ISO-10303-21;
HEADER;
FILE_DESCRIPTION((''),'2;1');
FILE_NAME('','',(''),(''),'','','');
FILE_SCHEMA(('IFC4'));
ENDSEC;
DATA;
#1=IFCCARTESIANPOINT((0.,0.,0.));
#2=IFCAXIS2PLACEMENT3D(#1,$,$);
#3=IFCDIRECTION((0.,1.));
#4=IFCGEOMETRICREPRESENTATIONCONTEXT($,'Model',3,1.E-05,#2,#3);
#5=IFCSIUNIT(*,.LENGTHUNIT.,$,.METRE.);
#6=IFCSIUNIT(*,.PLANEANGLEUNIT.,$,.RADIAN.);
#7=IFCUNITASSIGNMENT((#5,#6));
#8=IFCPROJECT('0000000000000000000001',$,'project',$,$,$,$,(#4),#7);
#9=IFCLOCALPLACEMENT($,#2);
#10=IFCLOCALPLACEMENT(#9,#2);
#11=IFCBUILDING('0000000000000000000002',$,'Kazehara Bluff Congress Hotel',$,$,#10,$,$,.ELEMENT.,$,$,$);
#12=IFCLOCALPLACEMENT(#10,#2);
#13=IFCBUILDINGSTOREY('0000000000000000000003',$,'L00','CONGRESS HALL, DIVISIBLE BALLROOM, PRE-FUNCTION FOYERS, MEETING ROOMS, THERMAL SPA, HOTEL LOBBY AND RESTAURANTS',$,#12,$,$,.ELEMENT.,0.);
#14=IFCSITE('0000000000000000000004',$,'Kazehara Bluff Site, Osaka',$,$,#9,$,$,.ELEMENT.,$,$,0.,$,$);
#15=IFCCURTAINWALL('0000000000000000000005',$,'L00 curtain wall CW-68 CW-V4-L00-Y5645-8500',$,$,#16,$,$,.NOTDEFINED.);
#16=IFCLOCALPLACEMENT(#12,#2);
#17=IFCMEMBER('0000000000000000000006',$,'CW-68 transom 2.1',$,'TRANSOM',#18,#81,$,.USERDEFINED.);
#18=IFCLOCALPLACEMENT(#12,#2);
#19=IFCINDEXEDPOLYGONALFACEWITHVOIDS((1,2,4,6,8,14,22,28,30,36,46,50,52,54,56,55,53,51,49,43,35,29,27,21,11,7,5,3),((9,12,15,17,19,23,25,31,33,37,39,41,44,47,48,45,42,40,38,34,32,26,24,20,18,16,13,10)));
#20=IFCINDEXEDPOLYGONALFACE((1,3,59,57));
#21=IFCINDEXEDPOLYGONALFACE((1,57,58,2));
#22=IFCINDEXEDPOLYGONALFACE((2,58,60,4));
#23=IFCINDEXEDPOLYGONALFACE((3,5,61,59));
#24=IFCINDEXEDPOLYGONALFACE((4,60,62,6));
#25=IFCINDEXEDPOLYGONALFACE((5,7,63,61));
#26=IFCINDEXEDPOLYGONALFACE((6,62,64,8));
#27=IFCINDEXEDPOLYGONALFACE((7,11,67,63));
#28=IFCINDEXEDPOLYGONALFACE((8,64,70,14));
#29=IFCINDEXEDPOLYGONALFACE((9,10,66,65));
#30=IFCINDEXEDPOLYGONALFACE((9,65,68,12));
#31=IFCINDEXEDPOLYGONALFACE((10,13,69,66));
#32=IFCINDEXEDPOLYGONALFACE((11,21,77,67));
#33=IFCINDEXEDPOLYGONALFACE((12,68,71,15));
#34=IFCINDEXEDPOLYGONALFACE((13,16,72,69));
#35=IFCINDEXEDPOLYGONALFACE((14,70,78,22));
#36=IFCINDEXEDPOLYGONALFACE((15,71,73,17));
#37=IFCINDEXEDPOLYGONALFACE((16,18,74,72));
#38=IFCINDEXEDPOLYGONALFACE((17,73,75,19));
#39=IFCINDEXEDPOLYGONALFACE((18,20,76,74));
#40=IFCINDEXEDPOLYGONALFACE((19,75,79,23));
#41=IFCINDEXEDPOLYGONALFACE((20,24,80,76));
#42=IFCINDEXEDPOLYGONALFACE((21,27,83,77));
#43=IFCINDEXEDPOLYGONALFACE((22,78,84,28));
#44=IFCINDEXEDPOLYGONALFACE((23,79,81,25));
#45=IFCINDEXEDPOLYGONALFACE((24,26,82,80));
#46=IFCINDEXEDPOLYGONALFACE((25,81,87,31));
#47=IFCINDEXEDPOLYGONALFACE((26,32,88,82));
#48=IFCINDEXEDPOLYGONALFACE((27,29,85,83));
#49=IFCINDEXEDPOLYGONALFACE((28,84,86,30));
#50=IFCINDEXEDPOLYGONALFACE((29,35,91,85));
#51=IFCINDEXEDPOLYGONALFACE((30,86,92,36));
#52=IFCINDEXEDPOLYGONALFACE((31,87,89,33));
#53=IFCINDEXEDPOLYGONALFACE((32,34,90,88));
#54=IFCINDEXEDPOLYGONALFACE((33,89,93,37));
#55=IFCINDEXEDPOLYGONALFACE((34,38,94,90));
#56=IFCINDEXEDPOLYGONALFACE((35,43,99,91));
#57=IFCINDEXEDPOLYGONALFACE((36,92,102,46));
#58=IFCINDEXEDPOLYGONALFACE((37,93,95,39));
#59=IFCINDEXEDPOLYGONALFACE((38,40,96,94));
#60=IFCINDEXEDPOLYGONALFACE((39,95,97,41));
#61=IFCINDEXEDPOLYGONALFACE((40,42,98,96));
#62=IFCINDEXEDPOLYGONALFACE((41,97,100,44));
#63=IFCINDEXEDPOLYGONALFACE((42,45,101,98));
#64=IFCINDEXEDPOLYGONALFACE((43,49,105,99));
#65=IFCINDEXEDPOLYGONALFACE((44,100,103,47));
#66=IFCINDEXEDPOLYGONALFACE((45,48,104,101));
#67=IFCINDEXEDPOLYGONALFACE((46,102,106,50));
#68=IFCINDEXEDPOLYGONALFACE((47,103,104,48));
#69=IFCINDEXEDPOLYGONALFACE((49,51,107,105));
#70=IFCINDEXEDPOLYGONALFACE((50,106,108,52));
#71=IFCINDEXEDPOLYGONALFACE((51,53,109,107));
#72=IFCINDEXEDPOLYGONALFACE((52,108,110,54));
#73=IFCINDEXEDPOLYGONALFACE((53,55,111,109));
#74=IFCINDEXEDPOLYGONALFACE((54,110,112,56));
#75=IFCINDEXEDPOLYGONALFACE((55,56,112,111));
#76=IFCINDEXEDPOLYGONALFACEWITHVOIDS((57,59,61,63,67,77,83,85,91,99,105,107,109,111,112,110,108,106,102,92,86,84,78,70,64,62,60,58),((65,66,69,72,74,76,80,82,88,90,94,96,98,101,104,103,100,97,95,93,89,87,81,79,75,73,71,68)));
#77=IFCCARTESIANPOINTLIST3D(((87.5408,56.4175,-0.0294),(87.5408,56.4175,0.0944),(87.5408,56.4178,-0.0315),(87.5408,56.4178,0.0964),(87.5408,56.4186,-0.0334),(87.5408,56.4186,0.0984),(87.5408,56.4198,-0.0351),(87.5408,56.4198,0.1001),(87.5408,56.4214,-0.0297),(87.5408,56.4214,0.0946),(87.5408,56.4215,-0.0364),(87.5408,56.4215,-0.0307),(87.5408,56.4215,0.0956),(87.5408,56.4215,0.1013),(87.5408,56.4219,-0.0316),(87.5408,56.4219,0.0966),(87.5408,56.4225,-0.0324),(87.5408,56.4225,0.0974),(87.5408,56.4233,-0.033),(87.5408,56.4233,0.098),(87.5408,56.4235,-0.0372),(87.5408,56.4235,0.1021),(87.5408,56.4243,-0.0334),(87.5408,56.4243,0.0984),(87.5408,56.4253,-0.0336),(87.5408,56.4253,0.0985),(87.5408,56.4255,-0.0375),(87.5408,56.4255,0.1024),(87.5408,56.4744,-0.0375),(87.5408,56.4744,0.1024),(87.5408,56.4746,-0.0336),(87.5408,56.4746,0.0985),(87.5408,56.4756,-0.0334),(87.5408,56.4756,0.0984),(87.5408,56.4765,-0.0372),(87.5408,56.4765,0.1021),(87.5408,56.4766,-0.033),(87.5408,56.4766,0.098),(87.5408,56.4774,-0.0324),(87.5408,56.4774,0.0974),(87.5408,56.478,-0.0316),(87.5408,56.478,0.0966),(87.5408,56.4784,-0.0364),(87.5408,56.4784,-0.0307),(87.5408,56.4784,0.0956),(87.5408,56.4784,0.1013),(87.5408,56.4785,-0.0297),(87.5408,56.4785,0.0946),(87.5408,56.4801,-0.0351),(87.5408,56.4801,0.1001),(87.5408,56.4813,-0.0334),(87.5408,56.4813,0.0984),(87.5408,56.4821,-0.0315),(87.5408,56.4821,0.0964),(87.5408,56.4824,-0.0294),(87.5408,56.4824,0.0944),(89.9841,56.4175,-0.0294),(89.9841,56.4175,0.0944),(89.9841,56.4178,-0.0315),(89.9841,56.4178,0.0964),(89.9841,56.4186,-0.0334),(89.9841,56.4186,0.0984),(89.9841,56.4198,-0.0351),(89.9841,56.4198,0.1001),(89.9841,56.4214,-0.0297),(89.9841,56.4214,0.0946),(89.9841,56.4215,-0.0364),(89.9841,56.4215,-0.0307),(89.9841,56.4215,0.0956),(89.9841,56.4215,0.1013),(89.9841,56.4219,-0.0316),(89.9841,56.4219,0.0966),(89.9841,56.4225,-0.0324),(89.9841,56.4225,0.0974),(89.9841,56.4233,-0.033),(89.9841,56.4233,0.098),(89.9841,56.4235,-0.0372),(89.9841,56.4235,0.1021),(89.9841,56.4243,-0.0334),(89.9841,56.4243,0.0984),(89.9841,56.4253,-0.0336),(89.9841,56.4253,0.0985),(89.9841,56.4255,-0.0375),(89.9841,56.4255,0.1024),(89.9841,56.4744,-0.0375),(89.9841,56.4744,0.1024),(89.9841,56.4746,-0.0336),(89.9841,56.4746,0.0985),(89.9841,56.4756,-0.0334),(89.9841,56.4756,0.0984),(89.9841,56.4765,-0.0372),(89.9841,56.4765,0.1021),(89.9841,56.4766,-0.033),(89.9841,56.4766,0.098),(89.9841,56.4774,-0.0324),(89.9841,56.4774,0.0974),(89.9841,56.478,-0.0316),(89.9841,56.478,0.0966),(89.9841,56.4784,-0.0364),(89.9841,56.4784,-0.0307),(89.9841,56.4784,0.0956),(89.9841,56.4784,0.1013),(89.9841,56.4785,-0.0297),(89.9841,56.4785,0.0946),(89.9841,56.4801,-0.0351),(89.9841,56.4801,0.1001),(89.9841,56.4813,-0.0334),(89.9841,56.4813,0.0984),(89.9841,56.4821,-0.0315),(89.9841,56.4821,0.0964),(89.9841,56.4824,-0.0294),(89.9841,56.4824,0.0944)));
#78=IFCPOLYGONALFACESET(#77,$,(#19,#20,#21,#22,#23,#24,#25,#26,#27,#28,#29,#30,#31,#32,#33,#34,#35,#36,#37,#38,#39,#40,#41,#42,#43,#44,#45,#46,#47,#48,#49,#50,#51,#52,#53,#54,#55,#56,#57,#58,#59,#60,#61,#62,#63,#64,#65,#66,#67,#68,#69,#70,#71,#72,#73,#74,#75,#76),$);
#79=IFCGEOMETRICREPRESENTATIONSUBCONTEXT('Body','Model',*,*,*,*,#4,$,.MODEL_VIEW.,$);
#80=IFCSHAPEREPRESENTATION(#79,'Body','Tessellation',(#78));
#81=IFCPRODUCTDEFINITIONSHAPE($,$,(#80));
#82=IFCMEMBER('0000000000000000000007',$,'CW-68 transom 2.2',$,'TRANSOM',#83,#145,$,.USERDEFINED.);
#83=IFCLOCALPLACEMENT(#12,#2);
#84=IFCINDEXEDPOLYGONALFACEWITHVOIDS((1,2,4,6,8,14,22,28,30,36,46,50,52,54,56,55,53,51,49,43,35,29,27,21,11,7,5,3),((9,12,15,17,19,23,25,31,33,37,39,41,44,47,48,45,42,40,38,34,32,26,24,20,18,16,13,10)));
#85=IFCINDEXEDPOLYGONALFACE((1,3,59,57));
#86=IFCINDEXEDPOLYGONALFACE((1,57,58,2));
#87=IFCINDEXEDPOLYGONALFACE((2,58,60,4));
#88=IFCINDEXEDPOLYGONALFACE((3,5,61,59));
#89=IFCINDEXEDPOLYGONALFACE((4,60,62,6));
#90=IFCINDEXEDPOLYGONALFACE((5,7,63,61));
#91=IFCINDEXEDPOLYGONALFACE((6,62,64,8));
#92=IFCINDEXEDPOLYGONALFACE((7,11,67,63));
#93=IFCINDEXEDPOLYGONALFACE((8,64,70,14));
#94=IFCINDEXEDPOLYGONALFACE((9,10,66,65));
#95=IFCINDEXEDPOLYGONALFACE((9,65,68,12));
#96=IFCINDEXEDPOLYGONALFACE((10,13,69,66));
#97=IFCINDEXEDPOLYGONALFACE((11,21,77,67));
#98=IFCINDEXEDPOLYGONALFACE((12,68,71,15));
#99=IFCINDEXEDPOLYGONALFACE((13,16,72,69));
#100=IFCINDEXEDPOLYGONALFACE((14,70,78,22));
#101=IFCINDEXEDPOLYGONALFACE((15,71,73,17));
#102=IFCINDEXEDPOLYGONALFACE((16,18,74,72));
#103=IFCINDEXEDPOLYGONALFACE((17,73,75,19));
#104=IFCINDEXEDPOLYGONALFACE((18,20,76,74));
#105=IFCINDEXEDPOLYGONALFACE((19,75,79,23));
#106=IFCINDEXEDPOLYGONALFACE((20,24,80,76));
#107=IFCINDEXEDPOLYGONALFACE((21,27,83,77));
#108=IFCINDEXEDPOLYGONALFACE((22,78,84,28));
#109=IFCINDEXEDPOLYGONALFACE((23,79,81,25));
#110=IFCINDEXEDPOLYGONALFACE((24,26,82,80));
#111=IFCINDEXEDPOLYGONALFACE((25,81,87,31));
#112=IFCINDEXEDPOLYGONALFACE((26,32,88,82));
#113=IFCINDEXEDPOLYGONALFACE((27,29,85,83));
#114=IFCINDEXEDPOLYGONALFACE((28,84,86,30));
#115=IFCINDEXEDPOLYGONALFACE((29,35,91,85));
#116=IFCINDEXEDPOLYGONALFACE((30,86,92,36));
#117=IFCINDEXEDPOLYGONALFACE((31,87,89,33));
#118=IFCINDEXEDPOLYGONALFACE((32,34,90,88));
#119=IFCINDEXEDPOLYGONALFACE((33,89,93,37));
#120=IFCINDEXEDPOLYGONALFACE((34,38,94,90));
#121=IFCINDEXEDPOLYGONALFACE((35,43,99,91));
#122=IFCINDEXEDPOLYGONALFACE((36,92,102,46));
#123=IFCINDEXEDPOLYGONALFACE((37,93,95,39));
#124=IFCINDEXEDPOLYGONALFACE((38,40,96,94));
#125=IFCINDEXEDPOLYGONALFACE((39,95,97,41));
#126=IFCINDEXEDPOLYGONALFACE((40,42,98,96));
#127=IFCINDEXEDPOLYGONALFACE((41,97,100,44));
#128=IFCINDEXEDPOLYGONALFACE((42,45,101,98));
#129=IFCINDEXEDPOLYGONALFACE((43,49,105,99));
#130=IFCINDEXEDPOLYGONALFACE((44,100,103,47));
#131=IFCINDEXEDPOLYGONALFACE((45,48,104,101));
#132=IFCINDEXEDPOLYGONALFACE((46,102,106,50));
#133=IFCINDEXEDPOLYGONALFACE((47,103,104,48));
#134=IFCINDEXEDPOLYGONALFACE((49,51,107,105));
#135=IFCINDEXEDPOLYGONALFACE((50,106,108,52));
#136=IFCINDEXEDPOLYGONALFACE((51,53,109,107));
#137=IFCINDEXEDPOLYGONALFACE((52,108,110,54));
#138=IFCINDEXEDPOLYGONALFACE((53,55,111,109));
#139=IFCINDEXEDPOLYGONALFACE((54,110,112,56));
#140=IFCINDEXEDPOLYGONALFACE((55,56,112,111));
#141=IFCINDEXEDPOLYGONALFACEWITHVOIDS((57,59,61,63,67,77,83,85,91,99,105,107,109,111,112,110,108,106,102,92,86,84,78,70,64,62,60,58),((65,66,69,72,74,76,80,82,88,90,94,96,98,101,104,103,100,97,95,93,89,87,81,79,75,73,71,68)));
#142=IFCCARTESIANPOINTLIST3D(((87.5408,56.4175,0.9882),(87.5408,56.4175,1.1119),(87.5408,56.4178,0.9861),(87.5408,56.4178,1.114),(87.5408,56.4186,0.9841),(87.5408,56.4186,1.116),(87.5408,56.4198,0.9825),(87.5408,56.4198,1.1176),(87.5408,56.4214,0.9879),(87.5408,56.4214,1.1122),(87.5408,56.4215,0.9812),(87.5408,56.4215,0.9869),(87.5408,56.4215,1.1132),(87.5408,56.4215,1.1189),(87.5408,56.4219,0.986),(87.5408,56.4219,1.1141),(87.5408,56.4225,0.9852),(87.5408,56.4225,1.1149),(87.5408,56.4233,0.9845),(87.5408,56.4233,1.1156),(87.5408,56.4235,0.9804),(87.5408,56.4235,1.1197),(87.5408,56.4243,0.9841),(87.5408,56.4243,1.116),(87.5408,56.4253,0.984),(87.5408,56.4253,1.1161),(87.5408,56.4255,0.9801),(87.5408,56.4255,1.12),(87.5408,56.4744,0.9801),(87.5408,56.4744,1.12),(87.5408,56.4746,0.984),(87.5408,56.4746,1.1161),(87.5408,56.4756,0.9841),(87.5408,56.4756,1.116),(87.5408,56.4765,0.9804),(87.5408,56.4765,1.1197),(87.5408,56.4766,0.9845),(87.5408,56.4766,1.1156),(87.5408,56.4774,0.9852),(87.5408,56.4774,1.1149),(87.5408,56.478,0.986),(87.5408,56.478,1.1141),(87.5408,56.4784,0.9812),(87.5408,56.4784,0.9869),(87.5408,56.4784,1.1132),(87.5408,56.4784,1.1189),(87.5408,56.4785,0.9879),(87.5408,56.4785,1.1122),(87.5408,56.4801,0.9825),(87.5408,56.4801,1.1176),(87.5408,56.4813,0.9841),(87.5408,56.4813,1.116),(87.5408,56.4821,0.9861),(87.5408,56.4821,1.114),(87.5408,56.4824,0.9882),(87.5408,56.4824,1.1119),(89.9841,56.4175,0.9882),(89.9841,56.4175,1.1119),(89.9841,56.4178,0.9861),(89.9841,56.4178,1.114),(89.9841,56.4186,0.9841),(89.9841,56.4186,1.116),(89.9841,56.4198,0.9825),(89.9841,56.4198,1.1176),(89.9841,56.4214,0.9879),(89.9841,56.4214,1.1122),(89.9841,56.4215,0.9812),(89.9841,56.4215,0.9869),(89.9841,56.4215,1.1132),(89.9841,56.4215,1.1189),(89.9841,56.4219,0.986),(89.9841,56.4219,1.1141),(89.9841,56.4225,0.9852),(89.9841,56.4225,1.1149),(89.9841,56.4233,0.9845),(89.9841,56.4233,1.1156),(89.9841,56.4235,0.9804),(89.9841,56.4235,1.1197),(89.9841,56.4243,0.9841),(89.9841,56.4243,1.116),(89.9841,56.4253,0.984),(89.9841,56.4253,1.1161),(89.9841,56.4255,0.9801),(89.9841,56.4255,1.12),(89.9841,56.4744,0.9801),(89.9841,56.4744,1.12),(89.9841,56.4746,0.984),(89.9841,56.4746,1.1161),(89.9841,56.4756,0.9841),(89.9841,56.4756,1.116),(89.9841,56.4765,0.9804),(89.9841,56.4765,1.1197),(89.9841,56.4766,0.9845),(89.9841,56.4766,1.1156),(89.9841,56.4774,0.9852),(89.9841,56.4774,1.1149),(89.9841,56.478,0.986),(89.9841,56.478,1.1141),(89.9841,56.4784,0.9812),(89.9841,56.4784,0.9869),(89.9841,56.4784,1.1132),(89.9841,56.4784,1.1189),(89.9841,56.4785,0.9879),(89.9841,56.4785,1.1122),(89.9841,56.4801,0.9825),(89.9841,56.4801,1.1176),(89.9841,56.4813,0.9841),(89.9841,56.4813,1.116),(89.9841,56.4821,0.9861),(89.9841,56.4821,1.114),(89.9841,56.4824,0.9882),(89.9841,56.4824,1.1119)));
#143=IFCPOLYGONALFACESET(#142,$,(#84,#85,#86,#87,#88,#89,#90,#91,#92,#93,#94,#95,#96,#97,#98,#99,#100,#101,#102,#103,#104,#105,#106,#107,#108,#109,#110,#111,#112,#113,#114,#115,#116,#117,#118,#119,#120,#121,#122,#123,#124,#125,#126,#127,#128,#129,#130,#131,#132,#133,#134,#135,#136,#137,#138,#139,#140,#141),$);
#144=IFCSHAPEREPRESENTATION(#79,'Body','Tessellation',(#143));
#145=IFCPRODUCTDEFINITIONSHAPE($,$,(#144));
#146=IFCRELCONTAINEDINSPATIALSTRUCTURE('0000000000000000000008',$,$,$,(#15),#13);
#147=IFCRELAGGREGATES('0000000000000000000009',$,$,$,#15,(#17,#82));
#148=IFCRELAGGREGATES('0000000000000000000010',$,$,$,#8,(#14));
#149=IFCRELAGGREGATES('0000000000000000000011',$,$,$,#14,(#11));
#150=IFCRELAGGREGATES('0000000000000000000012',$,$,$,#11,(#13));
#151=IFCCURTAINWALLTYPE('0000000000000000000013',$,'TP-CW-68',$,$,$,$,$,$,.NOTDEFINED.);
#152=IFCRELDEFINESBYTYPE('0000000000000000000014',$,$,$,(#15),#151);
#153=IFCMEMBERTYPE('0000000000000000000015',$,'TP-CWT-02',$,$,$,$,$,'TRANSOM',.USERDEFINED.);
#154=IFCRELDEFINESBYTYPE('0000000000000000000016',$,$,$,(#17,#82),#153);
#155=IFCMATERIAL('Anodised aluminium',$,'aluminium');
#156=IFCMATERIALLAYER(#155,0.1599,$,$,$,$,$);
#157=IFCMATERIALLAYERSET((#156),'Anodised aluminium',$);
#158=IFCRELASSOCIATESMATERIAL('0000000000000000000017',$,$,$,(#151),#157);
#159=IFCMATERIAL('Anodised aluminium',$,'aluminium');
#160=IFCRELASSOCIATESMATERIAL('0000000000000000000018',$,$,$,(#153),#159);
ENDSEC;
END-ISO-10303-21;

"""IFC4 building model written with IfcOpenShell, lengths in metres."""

from ifc_helpers import new_model, si_unit, direction, frame, origin, origin_2d, place, context, subcontext, project, spatial, hollow_rectangle, extrude, material, layer, layer_set, material_profile, profile_set, type_object, element, aggregate, save


model = new_model("IFC4")

# Units and contexts
model_context = context("Model", 3, precision=1e-05, world=origin(), true_north=direction((0.0, 1.0)))
body_context = subcontext(model_context, "Body", "Model", "MODEL_VIEW")
ifc_project = project(units=[si_unit("LENGTHUNIT", "METRE"), si_unit("PLANEANGLEUNIT", "RADIAN")], contexts=[model_context])

# Site, building, storey
site_placement = place(None, origin())
site = spatial("IfcSite", under=ifc_project, at=site_placement, Name="Kazehara Bluff Site, Osaka", CompositionType="ELEMENT", RefElevation=0.0)
building_placement = place(site_placement, origin())
building = spatial("IfcBuilding", under=site, at=building_placement, Name="Kazehara Bluff Congress Hotel", CompositionType="ELEMENT")
storey_placement = place(building_placement, origin())
storey = spatial("IfcBuildingStorey", under=building, at=storey_placement, Name="L00", Description="CONGRESS HALL, DIVISIBLE BALLROOM, PRE-FUNCTION FOYERS, MEETING ROOMS, THERMAL SPA, HOTEL LOBBY AND RESTAURANTS", CompositionType="ELEMENT", Elevation=0.0)

# Curtain wall
ifc_material_1 = material(Name="Anodised aluminium", Category="aluminium")
ifc_layer_1 = layer(ifc_material_1, 0.1599)
ifc_layer_set_1 = layer_set([ifc_layer_1], Name="Anodised aluminium")
curtain_wall_type_1 = type_object("IfcCurtainWallType", Name="TP-CW-68", PredefinedType="NOTDEFINED", material=ifc_layer_set_1)
curtain_wall_1_placement = place(storey_placement, origin())
curtain_wall_1 = element("IfcCurtainWall", 1, at=curtain_wall_1_placement, inside=storey, type_object=curtain_wall_type_1, Name="L00 curtain wall CW-68 CW-V4-L00-Y5645-8500", PredefinedType="NOTDEFINED")

# Members
ifc_material_2 = material(Name="Anodised aluminium", Category="aluminium")
ifc_material_profile_1 = material_profile(ifc_material_2, hollow_rectangle(XDim=0.0649, YDim=0.1399, WallThickness=0.0039, InnerFilletRadius=0.0039, OuterFilletRadius=0.0081, at=origin_2d()))
ifc_profile_set_1 = profile_set([ifc_material_profile_1], Name="Anodised aluminium")
member_type_1 = type_object("IfcMemberType", Name="TP-CWT-02", ElementType="TRANSOM", PredefinedType="USERDEFINED", material=ifc_profile_set_1)
member_1_placement = place(storey_placement, frame((87.5408, 56.45, 0.0325), z_axis=(1.0, 0.0, 0.0), x_axis=(0.0, 1.0, 0.0)))
member_1 = element("IfcMember", 2, at=member_1_placement, type_object=member_type_1, Name="CW-68 transom 2.1", ObjectType="TRANSOM", PredefinedType="USERDEFINED", context=body_context, shape_type="SweptSolid", body=[
    extrude(hollow_rectangle(XDim=0.0649, YDim=0.1399, WallThickness=0.0039, InnerFilletRadius=0.0039, OuterFilletRadius=0.0081, at=origin_2d()), origin(), (0.0, 0.0, 1.0), 2.4434),
])
member_2_placement = place(storey_placement, frame((87.5408, 56.45, 1.05), z_axis=(1.0, 0.0, 0.0), x_axis=(0.0, 1.0, 0.0)))
member_2 = element("IfcMember", 3, at=member_2_placement, type_object=member_type_1, Name="CW-68 transom 2.2", ObjectType="TRANSOM", PredefinedType="USERDEFINED", context=body_context, shape_type="SweptSolid", body=[
    extrude(hollow_rectangle(XDim=0.0649, YDim=0.1399, WallThickness=0.0039, InnerFilletRadius=0.0039, OuterFilletRadius=0.0081, at=origin_2d()), origin(), (0.0, 0.0, 1.0), 2.4434),
])

aggregate(curtain_wall_1, [member_1, member_2])

save(model, "model.ifc")
